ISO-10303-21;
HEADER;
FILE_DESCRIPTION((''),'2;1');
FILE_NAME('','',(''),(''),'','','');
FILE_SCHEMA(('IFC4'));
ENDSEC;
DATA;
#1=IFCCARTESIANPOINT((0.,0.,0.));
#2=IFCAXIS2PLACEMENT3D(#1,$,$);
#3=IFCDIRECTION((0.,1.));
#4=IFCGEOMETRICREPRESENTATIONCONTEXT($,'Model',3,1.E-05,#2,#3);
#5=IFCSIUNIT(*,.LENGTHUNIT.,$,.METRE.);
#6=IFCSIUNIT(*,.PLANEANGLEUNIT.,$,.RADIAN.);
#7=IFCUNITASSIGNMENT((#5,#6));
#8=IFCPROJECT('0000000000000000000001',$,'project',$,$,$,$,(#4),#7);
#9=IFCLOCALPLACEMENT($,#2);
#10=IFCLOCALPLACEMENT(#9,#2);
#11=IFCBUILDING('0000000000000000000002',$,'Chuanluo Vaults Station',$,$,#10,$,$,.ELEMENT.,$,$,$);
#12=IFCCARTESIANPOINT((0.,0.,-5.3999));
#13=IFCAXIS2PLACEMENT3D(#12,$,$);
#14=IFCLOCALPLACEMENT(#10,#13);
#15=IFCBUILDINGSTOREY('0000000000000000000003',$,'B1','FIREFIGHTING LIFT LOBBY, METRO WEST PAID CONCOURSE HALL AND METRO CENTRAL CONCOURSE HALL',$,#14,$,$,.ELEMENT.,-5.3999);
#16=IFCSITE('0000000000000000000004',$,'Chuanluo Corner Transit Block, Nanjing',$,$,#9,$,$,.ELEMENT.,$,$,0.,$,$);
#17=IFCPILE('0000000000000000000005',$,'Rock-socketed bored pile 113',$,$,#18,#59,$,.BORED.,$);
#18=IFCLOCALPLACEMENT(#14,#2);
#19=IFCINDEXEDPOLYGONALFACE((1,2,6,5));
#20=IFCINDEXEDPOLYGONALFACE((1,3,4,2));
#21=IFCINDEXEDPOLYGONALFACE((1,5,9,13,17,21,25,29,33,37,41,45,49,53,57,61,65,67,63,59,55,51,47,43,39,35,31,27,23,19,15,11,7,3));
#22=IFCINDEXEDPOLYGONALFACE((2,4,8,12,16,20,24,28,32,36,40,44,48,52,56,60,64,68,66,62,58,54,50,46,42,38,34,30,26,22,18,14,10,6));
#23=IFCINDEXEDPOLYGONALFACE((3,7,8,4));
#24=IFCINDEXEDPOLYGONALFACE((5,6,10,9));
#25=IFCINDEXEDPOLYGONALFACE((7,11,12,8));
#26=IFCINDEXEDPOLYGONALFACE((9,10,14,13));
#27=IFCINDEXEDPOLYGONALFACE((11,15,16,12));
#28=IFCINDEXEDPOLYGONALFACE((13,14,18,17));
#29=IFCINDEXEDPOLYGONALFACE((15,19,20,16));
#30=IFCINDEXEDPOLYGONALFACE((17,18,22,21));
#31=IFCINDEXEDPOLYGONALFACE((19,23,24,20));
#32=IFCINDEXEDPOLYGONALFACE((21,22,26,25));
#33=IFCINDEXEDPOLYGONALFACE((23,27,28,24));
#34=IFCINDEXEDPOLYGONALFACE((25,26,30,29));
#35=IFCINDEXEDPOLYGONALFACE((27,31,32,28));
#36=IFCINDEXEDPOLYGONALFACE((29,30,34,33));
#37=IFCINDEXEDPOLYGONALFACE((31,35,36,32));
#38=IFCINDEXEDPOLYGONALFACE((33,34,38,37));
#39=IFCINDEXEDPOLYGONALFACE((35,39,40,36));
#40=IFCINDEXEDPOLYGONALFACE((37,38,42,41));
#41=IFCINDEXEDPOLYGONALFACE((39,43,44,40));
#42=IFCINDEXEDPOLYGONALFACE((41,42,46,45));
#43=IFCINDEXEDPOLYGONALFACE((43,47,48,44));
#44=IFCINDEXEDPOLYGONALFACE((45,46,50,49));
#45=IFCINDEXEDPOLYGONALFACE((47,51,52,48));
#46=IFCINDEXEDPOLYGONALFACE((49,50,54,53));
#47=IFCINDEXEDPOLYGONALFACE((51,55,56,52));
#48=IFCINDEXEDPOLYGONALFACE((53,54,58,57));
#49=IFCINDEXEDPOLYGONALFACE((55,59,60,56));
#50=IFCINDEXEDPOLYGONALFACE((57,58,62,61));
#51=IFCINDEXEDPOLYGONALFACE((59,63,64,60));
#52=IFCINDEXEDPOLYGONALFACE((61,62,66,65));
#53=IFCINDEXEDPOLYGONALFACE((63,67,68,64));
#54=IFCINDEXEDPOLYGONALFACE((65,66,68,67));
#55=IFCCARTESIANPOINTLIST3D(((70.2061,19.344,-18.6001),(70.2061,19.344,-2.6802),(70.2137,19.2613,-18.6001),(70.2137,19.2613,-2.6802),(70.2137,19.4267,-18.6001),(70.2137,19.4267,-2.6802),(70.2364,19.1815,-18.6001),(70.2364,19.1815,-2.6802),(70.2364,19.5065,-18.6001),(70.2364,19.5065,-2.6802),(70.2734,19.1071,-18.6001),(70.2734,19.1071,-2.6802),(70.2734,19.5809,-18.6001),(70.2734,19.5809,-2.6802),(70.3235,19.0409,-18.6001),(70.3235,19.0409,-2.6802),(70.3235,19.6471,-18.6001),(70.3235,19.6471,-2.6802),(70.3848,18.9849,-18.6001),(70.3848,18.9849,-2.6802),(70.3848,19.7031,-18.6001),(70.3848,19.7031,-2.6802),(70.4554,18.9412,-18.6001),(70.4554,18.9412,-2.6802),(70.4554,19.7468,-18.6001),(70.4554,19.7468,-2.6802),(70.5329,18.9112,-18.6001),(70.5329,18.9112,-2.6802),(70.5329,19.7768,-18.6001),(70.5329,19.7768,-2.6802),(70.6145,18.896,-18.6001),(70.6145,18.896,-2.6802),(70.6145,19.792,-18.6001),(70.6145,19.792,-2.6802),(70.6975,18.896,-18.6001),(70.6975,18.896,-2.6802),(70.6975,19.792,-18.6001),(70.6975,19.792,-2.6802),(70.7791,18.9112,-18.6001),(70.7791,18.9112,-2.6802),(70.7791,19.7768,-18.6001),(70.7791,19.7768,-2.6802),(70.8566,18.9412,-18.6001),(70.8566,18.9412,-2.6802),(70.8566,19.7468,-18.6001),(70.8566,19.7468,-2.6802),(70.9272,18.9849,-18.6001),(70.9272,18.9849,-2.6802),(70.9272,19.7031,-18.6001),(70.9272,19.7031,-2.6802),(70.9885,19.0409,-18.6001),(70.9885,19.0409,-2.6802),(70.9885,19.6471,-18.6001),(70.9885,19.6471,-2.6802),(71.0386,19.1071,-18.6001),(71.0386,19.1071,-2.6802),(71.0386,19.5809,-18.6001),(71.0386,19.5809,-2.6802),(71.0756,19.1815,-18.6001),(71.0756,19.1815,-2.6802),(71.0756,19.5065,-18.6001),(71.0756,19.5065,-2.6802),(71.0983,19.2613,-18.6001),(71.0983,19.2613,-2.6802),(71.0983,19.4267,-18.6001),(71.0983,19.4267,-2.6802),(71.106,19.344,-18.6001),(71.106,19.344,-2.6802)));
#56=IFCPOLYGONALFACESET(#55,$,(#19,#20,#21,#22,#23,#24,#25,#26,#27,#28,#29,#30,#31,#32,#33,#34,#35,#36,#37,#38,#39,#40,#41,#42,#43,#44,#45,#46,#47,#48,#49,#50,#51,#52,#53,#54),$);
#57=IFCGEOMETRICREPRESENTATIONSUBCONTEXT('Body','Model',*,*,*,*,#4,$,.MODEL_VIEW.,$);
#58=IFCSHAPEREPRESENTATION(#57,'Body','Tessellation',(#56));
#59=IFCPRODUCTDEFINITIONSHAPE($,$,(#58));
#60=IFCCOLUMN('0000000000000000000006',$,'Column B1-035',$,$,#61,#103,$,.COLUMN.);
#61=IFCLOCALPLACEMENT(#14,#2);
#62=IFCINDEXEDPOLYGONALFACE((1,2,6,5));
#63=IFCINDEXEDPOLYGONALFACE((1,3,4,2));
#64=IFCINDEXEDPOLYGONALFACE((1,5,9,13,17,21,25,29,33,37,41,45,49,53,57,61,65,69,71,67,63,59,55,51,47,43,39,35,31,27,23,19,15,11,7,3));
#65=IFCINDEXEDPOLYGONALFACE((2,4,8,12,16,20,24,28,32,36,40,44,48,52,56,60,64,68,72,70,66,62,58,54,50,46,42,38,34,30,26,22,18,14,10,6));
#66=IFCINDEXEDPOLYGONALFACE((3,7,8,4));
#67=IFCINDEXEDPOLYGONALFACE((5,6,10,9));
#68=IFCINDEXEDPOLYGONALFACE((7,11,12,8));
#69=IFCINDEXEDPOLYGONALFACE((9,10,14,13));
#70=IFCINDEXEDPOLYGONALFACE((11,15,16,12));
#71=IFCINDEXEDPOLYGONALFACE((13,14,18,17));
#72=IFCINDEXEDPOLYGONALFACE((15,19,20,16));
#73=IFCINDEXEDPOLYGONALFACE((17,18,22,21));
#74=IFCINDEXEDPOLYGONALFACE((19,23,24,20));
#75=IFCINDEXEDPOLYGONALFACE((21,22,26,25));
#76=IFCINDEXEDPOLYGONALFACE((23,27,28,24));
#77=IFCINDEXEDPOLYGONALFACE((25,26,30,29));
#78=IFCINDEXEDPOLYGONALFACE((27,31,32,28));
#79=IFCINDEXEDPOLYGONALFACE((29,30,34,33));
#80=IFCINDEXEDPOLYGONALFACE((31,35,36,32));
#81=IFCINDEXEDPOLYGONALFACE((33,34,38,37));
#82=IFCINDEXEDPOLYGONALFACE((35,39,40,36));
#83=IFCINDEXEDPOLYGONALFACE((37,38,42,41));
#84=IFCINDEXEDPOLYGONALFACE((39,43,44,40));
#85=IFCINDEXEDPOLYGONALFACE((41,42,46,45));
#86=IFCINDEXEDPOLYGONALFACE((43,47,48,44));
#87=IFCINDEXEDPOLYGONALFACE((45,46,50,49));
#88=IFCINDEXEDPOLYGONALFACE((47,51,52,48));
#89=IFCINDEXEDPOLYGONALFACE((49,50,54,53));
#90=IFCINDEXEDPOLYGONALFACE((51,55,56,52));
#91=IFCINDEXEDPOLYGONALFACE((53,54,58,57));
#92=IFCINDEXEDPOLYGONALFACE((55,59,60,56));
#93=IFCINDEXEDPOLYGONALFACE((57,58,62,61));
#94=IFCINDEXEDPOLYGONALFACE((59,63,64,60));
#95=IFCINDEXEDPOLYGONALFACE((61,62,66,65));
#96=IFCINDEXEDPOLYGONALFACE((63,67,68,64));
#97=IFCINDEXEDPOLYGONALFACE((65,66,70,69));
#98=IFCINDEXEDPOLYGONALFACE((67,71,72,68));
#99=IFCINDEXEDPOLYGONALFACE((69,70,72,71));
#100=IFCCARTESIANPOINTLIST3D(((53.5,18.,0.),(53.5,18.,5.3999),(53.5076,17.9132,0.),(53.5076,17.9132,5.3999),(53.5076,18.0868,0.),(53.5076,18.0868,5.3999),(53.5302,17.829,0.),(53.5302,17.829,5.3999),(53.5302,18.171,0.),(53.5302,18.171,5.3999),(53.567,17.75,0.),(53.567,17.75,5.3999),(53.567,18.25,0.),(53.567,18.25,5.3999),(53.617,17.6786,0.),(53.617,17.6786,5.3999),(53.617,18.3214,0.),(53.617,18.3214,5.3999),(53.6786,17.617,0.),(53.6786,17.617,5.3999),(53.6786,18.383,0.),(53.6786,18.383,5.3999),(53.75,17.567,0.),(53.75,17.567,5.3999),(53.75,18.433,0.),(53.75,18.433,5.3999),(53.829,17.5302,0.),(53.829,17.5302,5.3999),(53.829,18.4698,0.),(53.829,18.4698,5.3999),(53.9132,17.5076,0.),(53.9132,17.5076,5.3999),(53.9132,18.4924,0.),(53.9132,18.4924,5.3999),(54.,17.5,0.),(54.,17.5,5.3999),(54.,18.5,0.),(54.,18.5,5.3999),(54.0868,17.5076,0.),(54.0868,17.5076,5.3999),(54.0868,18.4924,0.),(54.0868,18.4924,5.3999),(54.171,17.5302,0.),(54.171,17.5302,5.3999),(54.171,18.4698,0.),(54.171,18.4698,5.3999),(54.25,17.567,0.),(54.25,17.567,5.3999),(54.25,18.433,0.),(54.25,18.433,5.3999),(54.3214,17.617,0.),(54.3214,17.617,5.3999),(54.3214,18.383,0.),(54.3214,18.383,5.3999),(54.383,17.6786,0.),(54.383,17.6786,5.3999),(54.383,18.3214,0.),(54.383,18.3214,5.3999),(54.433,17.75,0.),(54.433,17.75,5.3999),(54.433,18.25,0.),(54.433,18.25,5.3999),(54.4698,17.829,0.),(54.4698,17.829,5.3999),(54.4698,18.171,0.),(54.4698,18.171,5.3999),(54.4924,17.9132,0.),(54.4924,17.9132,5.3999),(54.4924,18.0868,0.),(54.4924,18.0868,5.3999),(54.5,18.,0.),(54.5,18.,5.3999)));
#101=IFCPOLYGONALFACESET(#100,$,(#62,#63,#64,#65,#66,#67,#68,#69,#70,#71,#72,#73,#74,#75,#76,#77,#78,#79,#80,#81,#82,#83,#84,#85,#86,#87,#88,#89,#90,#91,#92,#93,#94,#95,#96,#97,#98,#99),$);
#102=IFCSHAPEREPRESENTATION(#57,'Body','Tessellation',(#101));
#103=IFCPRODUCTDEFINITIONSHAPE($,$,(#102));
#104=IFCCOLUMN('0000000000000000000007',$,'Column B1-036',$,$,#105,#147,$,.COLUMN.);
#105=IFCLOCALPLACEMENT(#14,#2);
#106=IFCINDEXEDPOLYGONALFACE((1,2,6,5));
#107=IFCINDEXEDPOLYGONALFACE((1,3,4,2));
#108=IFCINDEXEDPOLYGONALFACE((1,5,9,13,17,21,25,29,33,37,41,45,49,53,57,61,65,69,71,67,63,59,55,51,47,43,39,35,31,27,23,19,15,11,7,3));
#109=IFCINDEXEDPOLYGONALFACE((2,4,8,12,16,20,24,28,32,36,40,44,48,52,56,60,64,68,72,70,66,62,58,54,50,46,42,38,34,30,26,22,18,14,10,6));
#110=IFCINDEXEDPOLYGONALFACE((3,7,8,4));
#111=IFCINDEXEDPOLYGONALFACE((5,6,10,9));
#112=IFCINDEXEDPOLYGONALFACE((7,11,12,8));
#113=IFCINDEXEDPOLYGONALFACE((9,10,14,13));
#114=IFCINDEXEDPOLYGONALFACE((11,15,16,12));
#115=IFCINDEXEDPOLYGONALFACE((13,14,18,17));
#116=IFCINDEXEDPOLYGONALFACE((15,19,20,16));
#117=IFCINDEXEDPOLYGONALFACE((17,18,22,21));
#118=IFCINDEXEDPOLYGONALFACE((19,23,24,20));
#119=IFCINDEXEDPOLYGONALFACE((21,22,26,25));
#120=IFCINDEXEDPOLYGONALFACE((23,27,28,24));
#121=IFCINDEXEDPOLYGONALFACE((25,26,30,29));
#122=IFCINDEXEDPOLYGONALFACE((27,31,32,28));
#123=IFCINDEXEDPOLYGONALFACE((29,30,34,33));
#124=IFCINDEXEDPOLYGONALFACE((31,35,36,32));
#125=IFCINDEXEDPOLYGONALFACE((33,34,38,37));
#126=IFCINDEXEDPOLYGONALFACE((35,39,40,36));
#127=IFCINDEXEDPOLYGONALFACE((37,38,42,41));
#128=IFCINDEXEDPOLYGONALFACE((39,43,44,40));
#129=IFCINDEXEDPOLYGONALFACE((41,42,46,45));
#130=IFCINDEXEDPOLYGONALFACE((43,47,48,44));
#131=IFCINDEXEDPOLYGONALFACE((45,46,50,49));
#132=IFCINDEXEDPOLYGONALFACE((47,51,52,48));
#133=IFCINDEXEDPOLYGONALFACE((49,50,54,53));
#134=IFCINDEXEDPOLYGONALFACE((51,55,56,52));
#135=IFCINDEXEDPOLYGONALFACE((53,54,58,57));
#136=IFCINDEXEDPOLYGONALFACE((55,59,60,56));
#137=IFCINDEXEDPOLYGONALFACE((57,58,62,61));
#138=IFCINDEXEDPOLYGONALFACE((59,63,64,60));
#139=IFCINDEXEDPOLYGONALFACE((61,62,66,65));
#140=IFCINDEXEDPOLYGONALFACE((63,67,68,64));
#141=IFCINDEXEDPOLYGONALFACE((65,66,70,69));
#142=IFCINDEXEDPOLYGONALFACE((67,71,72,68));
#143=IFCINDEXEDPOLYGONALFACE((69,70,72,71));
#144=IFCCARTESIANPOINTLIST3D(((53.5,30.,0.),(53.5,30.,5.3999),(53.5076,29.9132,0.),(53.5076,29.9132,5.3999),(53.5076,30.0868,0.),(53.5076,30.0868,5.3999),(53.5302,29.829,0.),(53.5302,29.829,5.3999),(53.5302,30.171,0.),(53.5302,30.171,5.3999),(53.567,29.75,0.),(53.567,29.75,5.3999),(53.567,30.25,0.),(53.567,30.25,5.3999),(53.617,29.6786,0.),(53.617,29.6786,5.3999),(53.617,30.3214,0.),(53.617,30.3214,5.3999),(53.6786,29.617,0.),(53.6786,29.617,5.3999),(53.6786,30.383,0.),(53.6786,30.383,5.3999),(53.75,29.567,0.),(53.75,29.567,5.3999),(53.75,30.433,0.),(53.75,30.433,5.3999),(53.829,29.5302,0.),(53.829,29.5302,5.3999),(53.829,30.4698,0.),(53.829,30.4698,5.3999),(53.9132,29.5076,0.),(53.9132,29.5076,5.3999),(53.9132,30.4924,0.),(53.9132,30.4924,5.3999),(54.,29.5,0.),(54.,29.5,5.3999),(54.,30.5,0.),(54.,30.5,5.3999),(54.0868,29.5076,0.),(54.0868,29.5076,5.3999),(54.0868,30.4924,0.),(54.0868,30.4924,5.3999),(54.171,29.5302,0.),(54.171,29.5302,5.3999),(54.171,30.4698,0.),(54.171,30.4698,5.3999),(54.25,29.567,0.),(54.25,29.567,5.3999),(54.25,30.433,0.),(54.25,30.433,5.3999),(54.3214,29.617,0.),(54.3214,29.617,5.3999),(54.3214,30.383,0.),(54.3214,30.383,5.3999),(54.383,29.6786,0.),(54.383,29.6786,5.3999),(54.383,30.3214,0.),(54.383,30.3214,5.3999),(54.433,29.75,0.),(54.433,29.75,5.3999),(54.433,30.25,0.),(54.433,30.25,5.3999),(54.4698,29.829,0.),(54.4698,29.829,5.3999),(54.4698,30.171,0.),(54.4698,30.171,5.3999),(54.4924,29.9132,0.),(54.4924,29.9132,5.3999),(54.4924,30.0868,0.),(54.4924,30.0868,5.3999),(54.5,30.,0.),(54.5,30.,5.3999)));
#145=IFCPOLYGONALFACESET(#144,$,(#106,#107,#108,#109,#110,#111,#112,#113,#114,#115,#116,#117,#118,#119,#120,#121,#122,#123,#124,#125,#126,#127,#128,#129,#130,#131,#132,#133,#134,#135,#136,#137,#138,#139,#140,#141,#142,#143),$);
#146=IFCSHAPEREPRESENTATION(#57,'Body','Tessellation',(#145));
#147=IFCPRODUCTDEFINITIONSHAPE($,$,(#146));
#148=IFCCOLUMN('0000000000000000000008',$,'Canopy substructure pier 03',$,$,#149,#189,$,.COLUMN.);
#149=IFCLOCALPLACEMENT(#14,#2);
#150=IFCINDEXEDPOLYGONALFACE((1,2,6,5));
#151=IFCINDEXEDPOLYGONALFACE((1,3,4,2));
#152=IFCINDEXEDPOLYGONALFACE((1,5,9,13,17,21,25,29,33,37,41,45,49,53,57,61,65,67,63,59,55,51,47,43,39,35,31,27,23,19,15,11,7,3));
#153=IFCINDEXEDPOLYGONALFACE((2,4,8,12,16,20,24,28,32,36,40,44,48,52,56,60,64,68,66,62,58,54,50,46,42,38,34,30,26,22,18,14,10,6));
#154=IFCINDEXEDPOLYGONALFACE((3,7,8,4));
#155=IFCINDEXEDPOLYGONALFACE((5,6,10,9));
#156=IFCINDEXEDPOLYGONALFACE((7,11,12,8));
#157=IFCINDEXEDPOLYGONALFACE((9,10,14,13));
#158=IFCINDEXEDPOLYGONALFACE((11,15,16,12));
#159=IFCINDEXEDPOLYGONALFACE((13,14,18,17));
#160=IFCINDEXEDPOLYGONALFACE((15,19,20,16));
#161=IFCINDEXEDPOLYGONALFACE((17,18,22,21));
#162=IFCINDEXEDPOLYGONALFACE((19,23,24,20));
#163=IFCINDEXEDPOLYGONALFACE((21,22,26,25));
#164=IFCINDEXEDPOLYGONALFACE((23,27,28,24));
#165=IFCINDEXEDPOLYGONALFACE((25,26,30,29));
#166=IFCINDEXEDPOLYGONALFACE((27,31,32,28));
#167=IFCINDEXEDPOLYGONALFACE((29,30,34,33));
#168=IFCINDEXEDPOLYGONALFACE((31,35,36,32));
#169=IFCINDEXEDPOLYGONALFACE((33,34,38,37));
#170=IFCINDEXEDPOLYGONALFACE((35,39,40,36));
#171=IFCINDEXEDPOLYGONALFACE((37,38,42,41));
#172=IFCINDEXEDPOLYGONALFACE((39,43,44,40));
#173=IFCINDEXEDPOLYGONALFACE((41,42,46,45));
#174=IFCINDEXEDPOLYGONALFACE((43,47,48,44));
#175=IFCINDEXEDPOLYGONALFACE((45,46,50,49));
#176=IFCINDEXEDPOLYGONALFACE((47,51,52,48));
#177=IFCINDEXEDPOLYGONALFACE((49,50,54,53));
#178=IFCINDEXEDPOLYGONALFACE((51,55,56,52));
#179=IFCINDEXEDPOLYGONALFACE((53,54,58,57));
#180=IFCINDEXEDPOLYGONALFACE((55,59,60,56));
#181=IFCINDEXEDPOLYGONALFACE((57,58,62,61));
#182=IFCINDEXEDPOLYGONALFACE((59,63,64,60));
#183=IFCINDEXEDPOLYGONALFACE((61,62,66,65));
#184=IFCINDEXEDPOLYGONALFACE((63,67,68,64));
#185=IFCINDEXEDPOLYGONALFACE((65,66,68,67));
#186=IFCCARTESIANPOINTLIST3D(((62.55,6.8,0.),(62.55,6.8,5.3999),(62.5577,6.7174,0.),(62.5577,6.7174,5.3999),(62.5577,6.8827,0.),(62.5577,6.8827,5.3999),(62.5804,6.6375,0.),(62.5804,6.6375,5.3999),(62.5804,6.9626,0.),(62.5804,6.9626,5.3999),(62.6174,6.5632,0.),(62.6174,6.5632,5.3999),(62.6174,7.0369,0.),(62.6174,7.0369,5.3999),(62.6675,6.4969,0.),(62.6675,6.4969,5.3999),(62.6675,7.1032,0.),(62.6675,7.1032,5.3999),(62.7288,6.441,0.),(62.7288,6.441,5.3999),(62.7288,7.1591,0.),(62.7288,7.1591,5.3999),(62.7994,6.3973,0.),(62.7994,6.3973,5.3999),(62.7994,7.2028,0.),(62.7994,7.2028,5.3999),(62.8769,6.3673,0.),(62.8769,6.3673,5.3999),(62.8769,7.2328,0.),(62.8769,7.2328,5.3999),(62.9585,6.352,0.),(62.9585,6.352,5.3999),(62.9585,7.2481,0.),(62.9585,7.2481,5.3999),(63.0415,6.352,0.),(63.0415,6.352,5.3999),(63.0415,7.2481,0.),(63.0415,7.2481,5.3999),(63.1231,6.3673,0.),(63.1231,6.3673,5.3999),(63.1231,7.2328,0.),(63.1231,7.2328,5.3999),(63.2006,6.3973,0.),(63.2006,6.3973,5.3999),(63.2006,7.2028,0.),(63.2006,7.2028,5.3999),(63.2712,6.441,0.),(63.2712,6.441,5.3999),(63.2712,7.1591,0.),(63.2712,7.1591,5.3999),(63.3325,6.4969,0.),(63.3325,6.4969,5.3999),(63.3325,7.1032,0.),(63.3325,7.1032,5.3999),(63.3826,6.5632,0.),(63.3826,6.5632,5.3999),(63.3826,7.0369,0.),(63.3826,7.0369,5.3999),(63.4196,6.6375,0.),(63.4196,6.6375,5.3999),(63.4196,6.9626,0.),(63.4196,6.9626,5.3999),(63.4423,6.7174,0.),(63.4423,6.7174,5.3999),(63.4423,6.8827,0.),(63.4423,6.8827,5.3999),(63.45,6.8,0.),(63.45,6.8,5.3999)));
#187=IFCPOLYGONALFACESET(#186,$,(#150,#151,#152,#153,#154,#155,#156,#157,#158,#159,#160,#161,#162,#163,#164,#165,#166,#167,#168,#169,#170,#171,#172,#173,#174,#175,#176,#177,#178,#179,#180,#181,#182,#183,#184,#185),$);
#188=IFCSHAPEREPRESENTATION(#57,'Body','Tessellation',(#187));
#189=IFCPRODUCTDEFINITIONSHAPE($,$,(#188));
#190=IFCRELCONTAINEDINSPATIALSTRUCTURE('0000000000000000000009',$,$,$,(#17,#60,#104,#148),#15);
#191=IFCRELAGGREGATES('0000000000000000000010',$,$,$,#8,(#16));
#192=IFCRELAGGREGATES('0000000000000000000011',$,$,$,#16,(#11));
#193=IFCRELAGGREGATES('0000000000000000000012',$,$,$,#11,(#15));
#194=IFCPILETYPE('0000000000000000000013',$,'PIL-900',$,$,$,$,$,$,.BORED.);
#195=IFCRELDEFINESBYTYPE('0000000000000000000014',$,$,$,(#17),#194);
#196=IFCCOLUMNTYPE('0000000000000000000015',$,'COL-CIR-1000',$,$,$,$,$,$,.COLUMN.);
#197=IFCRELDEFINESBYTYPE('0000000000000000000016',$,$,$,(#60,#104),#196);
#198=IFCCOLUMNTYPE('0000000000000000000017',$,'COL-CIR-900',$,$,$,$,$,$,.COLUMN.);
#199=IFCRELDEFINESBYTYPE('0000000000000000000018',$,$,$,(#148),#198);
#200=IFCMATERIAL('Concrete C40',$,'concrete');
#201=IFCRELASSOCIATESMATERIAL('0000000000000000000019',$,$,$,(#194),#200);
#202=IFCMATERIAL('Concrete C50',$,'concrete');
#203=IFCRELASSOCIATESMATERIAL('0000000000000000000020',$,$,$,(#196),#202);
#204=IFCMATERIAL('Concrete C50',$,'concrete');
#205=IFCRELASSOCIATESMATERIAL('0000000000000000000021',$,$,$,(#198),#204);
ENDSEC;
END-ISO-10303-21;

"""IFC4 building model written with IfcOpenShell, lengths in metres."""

from ifc_helpers import new_model, si_unit, direction, frame, origin, origin_2d, place, context, subcontext, project, spatial, circle, extrude, material, material_profile, profile_set, type_object, element, save


model = new_model("IFC4")

# Units and contexts
model_context = context("Model", 3, precision=1e-05, world=origin(), true_north=direction((0.0, 1.0)))
body_context = subcontext(model_context, "Body", "Model", "MODEL_VIEW")
ifc_project = project(units=[si_unit("LENGTHUNIT", "METRE"), si_unit("PLANEANGLEUNIT", "RADIAN")], contexts=[model_context])

# Site, building, storey
site_placement = place(None, origin())
site = spatial("IfcSite", under=ifc_project, at=site_placement, Name="Chuanluo Corner Transit Block, Nanjing", CompositionType="ELEMENT", RefElevation=0.0)
building_placement = place(site_placement, origin())
building = spatial("IfcBuilding", under=site, at=building_placement, Name="Chuanluo Vaults Station", CompositionType="ELEMENT")
storey_placement = place(building_placement, frame((0.0, 0.0, -5.3999)))
storey = spatial("IfcBuildingStorey", under=building, at=storey_placement, Name="B1", Description="FIREFIGHTING LIFT LOBBY, METRO WEST PAID CONCOURSE HALL AND METRO CENTRAL CONCOURSE HALL", CompositionType="ELEMENT", Elevation=-5.3999)

# Pile
ifc_material_1 = material(Name="Concrete C40", Category="concrete")
ifc_material_profile_1 = material_profile(ifc_material_1, circle(Radius=0.45, at=origin_2d()))
ifc_profile_set_1 = profile_set([ifc_material_profile_1], Name="Concrete C40")
pile_type_1 = type_object("IfcPileType", Name="PIL-900", PredefinedType="BORED", material=ifc_profile_set_1)
for number, where, z_axis, x_axis, name in (
    (1, (70.656, 19.344, -2.6802), (0.0, 0.0, -1.0), (1.0, 0.0, 0.0), "Rock-socketed bored pile 113"),
):
    element("IfcPile", number, at=place(storey_placement, frame(where, z_axis=z_axis, x_axis=x_axis)), inside=storey, type_object=pile_type_1, Name=name, PredefinedType="BORED", context=body_context, shape_type="SweptSolid", body=[
        extrude(circle(Radius=0.45, at=origin_2d()), origin(), (0.0, 0.0, 1.0), 15.9199),
    ])

# Columns
ifc_material_2 = material(Name="Concrete C50", Category="concrete")
ifc_material_profile_2 = material_profile(ifc_material_2, circle(Radius=0.5, at=origin_2d()))
ifc_profile_set_2 = profile_set([ifc_material_profile_2], Name="Concrete C50")
column_type_1 = type_object("IfcColumnType", Name="COL-CIR-1000", PredefinedType="COLUMN", material=ifc_profile_set_2)
for number, where, z_axis, x_axis, name in (
    (2, (54.0, 18.0, 0.0), (0.0, 0.0, 1.0), (1.0, 0.0, 0.0), "Column B1-035"),
    (3, (54.0, 30.0, 0.0), (0.0, 0.0, 1.0), (1.0, 0.0, 0.0), "Column B1-036"),
):
    element("IfcColumn", number, at=place(storey_placement, frame(where, z_axis=z_axis, x_axis=x_axis)), inside=storey, type_object=column_type_1, Name=name, PredefinedType="COLUMN", context=body_context, shape_type="SweptSolid", body=[
        extrude(circle(Radius=0.5, at=origin_2d()), origin(), (0.0, 0.0, 1.0), 5.3999),
    ])
ifc_material_3 = material(Name="Concrete C50", Category="concrete")
ifc_material_profile_3 = material_profile(ifc_material_3, circle(Radius=0.45, at=origin_2d()))
ifc_profile_set_3 = profile_set([ifc_material_profile_3], Name="Concrete C50")
column_type_2 = type_object("IfcColumnType", Name="COL-CIR-900", PredefinedType="COLUMN", material=ifc_profile_set_3)
column_placement = place(storey_placement, frame((63.0, 6.8, 0.0), z_axis=(0.0, 0.0, 1.0), x_axis=(1.0, 0.0, 0.0)))
element("IfcColumn", 4, at=column_placement, inside=storey, type_object=column_type_2, Name="Canopy substructure pier 03", PredefinedType="COLUMN", context=body_context, shape_type="SweptSolid", body=[
    extrude(circle(Radius=0.45, at=origin_2d()), origin(), (0.0, 0.0, 1.0), 5.3999),
])

save(model, "model.ifc")
